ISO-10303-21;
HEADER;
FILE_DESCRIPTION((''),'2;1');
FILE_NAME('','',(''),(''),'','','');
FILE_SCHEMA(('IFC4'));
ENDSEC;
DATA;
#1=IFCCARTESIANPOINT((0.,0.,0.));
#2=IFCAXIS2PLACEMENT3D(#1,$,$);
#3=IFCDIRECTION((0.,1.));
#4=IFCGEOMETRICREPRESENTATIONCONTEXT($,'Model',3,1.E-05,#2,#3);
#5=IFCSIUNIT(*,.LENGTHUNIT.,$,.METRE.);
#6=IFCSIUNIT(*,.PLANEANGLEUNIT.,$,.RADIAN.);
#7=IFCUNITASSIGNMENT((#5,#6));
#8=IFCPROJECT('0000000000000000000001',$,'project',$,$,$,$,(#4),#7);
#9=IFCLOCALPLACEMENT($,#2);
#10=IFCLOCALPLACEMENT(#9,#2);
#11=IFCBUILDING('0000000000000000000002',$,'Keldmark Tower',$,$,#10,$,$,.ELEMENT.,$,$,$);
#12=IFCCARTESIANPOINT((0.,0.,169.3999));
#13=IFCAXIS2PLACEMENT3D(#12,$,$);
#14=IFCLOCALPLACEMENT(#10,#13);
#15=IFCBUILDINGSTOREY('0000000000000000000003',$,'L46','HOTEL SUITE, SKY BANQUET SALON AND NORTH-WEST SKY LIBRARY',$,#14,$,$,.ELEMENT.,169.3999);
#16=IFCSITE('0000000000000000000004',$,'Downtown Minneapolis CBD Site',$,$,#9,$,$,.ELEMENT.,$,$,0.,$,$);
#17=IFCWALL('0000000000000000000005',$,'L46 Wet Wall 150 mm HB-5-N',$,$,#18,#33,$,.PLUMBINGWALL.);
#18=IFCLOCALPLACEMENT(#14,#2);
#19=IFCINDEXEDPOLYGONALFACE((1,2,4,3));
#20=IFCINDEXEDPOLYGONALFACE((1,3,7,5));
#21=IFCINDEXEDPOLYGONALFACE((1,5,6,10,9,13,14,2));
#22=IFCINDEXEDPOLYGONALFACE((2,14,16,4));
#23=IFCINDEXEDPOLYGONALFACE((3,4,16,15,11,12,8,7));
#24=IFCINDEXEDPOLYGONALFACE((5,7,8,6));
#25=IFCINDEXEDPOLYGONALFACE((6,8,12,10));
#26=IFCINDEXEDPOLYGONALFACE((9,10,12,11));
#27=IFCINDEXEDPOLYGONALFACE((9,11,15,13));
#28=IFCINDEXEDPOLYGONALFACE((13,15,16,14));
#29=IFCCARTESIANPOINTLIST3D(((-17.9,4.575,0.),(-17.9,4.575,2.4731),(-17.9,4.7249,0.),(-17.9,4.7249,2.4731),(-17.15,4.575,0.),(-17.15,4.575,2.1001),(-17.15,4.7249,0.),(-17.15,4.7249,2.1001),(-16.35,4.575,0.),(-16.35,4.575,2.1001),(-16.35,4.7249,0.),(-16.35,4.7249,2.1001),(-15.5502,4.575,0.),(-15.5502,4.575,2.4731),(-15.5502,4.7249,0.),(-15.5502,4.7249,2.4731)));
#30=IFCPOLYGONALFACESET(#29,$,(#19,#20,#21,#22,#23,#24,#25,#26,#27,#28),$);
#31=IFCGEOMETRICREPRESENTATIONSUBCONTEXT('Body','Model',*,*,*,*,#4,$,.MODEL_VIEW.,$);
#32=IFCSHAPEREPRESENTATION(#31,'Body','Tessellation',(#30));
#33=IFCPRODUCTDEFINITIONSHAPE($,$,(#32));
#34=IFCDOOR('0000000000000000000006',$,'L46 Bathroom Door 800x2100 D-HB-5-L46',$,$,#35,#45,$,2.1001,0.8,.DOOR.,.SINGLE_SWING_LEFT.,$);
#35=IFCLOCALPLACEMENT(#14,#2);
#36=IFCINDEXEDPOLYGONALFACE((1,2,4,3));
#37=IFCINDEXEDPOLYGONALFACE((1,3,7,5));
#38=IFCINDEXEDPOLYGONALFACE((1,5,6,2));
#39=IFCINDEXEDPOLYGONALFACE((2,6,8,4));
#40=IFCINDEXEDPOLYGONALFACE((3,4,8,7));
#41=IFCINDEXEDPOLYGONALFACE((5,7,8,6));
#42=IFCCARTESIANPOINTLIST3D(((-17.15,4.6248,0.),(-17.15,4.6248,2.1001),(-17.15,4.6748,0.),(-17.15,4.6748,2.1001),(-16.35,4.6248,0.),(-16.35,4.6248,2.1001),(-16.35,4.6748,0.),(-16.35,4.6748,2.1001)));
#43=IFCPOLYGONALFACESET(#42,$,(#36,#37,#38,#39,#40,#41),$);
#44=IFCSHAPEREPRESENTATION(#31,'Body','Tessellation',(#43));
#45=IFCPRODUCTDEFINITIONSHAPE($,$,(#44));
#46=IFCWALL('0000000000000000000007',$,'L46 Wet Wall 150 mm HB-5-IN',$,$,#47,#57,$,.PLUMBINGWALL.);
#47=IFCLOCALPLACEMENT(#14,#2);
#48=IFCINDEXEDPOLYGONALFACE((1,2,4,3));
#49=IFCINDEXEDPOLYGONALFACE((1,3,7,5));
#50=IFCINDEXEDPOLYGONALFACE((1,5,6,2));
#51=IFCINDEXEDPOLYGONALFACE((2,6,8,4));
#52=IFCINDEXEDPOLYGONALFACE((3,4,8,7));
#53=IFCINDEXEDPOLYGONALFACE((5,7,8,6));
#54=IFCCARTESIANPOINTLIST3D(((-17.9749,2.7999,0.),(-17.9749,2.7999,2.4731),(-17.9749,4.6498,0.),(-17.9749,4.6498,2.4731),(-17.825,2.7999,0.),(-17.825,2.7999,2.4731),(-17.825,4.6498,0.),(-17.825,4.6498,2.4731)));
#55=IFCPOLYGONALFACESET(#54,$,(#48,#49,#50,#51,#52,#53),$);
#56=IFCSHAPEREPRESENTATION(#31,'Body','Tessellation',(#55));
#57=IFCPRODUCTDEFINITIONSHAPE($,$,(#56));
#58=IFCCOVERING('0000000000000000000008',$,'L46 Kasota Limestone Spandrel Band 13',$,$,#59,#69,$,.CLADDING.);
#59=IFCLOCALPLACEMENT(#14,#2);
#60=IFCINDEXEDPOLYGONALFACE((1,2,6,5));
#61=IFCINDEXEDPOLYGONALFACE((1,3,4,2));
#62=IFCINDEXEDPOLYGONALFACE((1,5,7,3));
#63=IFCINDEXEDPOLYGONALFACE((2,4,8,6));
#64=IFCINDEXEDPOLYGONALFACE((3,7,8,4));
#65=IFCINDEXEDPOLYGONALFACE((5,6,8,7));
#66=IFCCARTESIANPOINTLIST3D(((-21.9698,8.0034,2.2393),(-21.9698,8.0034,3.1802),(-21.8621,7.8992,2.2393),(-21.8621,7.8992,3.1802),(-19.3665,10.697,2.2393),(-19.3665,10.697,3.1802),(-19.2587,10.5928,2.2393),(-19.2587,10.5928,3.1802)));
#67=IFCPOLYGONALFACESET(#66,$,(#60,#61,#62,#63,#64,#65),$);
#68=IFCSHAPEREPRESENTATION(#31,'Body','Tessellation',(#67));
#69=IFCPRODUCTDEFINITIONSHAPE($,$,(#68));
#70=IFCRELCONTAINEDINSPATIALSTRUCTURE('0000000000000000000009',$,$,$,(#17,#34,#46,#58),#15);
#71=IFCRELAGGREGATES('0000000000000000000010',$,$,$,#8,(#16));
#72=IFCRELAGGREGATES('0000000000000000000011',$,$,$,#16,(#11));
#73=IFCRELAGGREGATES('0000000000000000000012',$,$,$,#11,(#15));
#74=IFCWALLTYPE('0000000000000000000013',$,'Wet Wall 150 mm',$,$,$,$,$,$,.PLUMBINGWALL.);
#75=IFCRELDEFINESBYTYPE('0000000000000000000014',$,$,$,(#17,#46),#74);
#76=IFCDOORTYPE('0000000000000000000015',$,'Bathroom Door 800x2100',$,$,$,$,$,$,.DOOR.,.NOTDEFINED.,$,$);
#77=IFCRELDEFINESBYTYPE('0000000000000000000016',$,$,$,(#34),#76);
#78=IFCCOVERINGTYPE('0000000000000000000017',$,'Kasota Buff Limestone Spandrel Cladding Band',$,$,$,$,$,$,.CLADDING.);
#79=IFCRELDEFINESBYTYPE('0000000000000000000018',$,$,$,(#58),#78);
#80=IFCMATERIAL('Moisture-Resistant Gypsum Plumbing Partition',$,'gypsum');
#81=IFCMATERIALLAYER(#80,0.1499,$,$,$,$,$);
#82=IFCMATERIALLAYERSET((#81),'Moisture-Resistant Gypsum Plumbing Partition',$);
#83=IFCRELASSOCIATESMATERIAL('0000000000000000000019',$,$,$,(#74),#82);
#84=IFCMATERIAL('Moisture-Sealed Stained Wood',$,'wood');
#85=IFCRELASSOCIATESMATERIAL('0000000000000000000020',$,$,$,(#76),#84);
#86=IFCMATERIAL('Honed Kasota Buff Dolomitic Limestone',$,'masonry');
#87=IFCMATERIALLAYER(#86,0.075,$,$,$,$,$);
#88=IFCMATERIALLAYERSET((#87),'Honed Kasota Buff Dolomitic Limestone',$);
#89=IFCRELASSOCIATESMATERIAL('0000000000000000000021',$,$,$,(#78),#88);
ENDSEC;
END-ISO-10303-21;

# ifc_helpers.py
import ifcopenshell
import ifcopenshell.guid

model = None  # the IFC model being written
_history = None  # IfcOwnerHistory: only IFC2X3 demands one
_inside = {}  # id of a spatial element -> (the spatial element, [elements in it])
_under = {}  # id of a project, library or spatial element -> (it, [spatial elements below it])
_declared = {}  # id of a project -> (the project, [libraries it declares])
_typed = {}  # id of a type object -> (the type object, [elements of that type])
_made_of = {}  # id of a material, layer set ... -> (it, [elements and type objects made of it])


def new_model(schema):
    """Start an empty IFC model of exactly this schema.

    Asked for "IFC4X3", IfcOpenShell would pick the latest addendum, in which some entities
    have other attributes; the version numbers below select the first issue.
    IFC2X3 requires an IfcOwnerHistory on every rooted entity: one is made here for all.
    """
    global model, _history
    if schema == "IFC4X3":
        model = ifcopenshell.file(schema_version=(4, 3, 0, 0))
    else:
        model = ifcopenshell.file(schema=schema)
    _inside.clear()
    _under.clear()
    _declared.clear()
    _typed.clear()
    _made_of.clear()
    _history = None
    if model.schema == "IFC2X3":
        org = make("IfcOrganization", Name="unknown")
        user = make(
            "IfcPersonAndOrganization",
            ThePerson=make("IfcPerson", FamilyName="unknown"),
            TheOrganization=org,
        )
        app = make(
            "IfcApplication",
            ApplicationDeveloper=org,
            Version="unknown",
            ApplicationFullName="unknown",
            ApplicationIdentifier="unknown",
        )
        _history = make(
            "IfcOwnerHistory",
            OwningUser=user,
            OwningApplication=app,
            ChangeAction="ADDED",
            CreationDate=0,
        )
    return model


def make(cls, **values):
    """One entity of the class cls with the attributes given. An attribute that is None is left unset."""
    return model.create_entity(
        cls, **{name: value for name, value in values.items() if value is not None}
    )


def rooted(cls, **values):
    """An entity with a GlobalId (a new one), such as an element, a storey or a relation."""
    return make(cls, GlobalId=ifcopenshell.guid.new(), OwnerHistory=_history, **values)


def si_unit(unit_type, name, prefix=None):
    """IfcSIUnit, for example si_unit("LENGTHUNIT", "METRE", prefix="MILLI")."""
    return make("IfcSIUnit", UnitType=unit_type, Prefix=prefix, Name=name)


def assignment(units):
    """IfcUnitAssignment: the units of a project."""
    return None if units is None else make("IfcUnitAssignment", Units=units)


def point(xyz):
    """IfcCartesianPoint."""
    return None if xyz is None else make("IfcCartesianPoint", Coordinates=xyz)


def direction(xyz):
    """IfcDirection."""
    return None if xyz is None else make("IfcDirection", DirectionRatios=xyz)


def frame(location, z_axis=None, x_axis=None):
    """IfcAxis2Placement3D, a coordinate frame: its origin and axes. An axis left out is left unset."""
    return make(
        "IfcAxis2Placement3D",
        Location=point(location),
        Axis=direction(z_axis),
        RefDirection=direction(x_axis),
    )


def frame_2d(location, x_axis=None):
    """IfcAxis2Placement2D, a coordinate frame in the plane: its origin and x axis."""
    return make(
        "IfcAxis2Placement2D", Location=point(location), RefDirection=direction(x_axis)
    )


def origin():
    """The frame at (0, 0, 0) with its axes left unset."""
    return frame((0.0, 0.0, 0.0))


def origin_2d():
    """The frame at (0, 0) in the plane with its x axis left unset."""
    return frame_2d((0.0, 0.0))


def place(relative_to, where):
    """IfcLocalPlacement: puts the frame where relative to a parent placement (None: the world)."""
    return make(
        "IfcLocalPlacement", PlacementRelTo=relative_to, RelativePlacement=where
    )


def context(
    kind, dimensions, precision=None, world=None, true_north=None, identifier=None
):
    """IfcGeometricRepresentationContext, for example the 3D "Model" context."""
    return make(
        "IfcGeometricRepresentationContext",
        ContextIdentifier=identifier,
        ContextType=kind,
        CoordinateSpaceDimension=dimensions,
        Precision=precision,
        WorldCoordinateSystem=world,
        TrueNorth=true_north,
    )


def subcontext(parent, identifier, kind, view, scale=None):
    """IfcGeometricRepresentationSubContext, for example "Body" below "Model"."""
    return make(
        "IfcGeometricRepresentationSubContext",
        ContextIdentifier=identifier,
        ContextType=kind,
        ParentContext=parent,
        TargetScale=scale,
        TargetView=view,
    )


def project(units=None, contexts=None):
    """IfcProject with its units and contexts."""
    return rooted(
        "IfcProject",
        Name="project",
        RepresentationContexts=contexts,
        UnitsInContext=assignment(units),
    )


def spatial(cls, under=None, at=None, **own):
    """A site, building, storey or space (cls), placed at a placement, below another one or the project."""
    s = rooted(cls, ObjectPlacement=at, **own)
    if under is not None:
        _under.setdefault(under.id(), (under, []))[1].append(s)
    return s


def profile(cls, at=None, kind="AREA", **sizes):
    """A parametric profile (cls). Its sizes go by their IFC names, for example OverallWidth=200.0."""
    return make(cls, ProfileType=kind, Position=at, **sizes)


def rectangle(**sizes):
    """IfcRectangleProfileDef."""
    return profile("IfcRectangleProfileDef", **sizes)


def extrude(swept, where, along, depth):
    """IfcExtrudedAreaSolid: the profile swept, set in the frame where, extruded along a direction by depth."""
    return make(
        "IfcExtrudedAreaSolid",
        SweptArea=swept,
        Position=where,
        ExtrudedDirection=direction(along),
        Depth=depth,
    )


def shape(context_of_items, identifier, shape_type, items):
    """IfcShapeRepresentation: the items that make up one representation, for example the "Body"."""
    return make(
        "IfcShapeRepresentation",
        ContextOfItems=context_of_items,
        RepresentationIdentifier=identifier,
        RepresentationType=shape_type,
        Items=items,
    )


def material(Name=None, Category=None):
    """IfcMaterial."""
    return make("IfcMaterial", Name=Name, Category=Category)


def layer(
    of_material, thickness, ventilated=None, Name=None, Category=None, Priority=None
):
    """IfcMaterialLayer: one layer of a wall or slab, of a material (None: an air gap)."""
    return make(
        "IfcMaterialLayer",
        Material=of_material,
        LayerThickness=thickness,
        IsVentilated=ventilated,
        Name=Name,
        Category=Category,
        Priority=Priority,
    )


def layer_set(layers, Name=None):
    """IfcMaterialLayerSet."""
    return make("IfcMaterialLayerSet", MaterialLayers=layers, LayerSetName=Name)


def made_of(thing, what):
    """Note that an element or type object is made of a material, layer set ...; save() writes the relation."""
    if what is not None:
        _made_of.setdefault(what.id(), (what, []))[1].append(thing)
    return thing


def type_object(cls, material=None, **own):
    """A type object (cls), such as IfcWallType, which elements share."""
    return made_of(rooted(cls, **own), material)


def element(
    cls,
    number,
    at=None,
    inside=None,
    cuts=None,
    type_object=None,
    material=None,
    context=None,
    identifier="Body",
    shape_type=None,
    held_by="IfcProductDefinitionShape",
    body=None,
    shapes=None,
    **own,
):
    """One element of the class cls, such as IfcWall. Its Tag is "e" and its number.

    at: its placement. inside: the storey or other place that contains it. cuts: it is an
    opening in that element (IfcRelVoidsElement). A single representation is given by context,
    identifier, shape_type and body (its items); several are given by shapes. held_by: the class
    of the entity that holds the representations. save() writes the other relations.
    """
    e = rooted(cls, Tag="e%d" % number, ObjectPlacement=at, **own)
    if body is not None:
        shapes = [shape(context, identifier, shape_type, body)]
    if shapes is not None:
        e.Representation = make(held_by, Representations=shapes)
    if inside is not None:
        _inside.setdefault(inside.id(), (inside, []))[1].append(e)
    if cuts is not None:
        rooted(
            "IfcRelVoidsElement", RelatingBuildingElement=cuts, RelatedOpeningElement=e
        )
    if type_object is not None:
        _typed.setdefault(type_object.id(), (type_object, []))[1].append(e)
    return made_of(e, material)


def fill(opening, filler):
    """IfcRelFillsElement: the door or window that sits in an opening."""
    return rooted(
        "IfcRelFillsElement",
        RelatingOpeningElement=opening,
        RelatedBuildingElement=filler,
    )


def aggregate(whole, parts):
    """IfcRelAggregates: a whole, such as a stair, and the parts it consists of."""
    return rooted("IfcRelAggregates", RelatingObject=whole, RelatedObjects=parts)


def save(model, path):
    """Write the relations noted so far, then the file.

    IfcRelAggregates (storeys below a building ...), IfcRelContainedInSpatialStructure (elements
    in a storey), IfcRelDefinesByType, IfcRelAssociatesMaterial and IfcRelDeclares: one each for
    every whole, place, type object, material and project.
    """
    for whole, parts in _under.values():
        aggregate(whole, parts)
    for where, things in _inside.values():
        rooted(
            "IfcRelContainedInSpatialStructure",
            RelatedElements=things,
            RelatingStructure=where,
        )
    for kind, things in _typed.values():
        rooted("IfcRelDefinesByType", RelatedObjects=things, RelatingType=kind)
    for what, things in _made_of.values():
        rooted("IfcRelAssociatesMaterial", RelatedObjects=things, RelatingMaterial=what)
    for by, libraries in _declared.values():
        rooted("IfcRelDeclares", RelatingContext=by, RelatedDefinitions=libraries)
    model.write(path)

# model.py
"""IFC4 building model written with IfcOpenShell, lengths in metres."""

from ifc_helpers import new_model, si_unit, direction, frame, frame_2d, origin, origin_2d, place, context, subcontext, project, spatial, rectangle, extrude, material, layer, layer_set, type_object, element, fill, save


model = new_model("IFC4")

# Units and contexts
model_context = context("Model", 3, precision=1e-05, world=origin(), true_north=direction((0.0, 1.0)))
body_context = subcontext(model_context, "Body", "Model", "MODEL_VIEW")
ifc_project = project(units=[si_unit("LENGTHUNIT", "METRE"), si_unit("PLANEANGLEUNIT", "RADIAN")], contexts=[model_context])

# Site, building, storey
site_placement = place(None, origin())
site = spatial("IfcSite", under=ifc_project, at=site_placement, Name="Downtown Minneapolis CBD Site", CompositionType="ELEMENT", RefElevation=0.0)
building_placement = place(site_placement, origin())
building = spatial("IfcBuilding", under=site, at=building_placement, Name="Keldmark Tower", CompositionType="ELEMENT")
storey_placement = place(building_placement, frame((0.0, 0.0, 169.3999)))
storey = spatial("IfcBuildingStorey", under=building, at=storey_placement, Name="L46", Description="HOTEL SUITE, SKY BANQUET SALON AND NORTH-WEST SKY LIBRARY", CompositionType="ELEMENT", Elevation=169.3999)

# Shared definitions
ifc_material_1 = material(Name="Moisture-Resistant Gypsum Plumbing Partition", Category="gypsum")
ifc_layer_1 = layer(ifc_material_1, 0.1499)
ifc_layer_set_1 = layer_set([ifc_layer_1], Name="Moisture-Resistant Gypsum Plumbing Partition")
wall_type_1 = type_object("IfcWallType", Name="Wet Wall 150 mm", PredefinedType="PLUMBINGWALL", material=ifc_layer_set_1)

# Wall, opening, door
wall_1_placement = place(storey_placement, frame((-17.8999, 4.6499, 0.0), z_axis=(0.0, 0.0, 1.0), x_axis=(1.0, 0.0, 0.0)))
wall_1 = element("IfcWall", 1, at=wall_1_placement, inside=storey, type_object=wall_type_1, Name="L46 Wet Wall 150 mm HB-5-N", PredefinedType="PLUMBINGWALL", context=body_context, shape_type="SweptSolid", body=[
    extrude(rectangle(XDim=2.3499, YDim=0.1499, at=frame_2d((1.1748, 0.0))), origin(), (0.0, 0.0, 1.0), 2.4731),
])
opening_1_placement = place(wall_1_placement, frame((0.75, 0.0, 0.0)))
opening_1 = element("IfcOpeningElement", 2, at=opening_1_placement, cuts=wall_1, PredefinedType="OPENING", context=body_context, shape_type="SweptSolid", body=[
    extrude(rectangle(XDim=0.8, YDim=2.1001, at=frame_2d((0.3999, 1.05))), frame((0.0, 0.085, 0.0), z_axis=(0.0, -1.0, 0.0), x_axis=(1.0, 0.0, 0.0)), (0.0, 0.0, 1.0), 0.1699),
])
ifc_material_2 = material(Name="Moisture-Sealed Stained Wood", Category="wood")
door_type = type_object("IfcDoorType", Name="Bathroom Door 800x2100", OperationType="NOTDEFINED", PredefinedType="DOOR", material=ifc_material_2)
door_placement = place(opening_1_placement, origin())
door = element("IfcDoor", 3, at=door_placement, inside=storey, type_object=door_type, Name="L46 Bathroom Door 800x2100 D-HB-5-L46", OperationType="SINGLE_SWING_LEFT", OverallHeight=2.1001, OverallWidth=0.8, PredefinedType="DOOR", context=body_context, shape_type="SweptSolid", body=[
    extrude(rectangle(XDim=0.8, YDim=2.1001, at=frame_2d((0.3999, 1.05))), frame((0.0, 0.0249, 0.0), z_axis=(0.0, -1.0, 0.0), x_axis=(1.0, 0.0, 0.0)), (0.0, 0.0, 1.0), 0.05),
])
fill(opening_1, door)

# Wall
wall_2_placement = place(storey_placement, frame((-17.8999, 2.8, 0.0), z_axis=(0.0, 0.0, 1.0), x_axis=(0.0, 1.0, 0.0)))
element("IfcWall", 4, at=wall_2_placement, inside=storey, type_object=wall_type_1, Name="L46 Wet Wall 150 mm HB-5-IN", PredefinedType="PLUMBINGWALL", context=body_context, shape_type="SweptSolid", body=[
    extrude(rectangle(XDim=1.8499, YDim=0.1499, at=frame_2d((0.9248, 0.0))), origin(), (0.0, 0.0, 1.0), 2.4731),
])

# Covering
ifc_material_3 = material(Name="Honed Kasota Buff Dolomitic Limestone", Category="masonry")
ifc_layer_2 = layer(ifc_material_3, 0.075)
ifc_layer_set_2 = layer_set([ifc_layer_2], Name="Honed Kasota Buff Dolomitic Limestone")
covering_type = type_object("IfcCoveringType", Name="Kasota Buff Limestone Spandrel Cladding Band", PredefinedType="CLADDING", material=ifc_layer_set_2)
covering_placement = place(storey_placement, frame((-20.6143, 9.2981, 2.2393), z_axis=(0.0, 0.0, 1.0), x_axis=(-0.69496, -0.719049, 0.0)))
element("IfcCovering", 5, at=covering_placement, inside=storey, type_object=covering_type, Name="L46 Kasota Limestone Spandrel Band 13", PredefinedType="CLADDING", context=body_context, shape_type="SweptSolid", body=[
    extrude(rectangle(XDim=3.7461, YDim=0.1499, at=origin_2d()), origin(), (0.0, 0.0, 1.0), 0.9409),
])

save(model, "model.ifc")
